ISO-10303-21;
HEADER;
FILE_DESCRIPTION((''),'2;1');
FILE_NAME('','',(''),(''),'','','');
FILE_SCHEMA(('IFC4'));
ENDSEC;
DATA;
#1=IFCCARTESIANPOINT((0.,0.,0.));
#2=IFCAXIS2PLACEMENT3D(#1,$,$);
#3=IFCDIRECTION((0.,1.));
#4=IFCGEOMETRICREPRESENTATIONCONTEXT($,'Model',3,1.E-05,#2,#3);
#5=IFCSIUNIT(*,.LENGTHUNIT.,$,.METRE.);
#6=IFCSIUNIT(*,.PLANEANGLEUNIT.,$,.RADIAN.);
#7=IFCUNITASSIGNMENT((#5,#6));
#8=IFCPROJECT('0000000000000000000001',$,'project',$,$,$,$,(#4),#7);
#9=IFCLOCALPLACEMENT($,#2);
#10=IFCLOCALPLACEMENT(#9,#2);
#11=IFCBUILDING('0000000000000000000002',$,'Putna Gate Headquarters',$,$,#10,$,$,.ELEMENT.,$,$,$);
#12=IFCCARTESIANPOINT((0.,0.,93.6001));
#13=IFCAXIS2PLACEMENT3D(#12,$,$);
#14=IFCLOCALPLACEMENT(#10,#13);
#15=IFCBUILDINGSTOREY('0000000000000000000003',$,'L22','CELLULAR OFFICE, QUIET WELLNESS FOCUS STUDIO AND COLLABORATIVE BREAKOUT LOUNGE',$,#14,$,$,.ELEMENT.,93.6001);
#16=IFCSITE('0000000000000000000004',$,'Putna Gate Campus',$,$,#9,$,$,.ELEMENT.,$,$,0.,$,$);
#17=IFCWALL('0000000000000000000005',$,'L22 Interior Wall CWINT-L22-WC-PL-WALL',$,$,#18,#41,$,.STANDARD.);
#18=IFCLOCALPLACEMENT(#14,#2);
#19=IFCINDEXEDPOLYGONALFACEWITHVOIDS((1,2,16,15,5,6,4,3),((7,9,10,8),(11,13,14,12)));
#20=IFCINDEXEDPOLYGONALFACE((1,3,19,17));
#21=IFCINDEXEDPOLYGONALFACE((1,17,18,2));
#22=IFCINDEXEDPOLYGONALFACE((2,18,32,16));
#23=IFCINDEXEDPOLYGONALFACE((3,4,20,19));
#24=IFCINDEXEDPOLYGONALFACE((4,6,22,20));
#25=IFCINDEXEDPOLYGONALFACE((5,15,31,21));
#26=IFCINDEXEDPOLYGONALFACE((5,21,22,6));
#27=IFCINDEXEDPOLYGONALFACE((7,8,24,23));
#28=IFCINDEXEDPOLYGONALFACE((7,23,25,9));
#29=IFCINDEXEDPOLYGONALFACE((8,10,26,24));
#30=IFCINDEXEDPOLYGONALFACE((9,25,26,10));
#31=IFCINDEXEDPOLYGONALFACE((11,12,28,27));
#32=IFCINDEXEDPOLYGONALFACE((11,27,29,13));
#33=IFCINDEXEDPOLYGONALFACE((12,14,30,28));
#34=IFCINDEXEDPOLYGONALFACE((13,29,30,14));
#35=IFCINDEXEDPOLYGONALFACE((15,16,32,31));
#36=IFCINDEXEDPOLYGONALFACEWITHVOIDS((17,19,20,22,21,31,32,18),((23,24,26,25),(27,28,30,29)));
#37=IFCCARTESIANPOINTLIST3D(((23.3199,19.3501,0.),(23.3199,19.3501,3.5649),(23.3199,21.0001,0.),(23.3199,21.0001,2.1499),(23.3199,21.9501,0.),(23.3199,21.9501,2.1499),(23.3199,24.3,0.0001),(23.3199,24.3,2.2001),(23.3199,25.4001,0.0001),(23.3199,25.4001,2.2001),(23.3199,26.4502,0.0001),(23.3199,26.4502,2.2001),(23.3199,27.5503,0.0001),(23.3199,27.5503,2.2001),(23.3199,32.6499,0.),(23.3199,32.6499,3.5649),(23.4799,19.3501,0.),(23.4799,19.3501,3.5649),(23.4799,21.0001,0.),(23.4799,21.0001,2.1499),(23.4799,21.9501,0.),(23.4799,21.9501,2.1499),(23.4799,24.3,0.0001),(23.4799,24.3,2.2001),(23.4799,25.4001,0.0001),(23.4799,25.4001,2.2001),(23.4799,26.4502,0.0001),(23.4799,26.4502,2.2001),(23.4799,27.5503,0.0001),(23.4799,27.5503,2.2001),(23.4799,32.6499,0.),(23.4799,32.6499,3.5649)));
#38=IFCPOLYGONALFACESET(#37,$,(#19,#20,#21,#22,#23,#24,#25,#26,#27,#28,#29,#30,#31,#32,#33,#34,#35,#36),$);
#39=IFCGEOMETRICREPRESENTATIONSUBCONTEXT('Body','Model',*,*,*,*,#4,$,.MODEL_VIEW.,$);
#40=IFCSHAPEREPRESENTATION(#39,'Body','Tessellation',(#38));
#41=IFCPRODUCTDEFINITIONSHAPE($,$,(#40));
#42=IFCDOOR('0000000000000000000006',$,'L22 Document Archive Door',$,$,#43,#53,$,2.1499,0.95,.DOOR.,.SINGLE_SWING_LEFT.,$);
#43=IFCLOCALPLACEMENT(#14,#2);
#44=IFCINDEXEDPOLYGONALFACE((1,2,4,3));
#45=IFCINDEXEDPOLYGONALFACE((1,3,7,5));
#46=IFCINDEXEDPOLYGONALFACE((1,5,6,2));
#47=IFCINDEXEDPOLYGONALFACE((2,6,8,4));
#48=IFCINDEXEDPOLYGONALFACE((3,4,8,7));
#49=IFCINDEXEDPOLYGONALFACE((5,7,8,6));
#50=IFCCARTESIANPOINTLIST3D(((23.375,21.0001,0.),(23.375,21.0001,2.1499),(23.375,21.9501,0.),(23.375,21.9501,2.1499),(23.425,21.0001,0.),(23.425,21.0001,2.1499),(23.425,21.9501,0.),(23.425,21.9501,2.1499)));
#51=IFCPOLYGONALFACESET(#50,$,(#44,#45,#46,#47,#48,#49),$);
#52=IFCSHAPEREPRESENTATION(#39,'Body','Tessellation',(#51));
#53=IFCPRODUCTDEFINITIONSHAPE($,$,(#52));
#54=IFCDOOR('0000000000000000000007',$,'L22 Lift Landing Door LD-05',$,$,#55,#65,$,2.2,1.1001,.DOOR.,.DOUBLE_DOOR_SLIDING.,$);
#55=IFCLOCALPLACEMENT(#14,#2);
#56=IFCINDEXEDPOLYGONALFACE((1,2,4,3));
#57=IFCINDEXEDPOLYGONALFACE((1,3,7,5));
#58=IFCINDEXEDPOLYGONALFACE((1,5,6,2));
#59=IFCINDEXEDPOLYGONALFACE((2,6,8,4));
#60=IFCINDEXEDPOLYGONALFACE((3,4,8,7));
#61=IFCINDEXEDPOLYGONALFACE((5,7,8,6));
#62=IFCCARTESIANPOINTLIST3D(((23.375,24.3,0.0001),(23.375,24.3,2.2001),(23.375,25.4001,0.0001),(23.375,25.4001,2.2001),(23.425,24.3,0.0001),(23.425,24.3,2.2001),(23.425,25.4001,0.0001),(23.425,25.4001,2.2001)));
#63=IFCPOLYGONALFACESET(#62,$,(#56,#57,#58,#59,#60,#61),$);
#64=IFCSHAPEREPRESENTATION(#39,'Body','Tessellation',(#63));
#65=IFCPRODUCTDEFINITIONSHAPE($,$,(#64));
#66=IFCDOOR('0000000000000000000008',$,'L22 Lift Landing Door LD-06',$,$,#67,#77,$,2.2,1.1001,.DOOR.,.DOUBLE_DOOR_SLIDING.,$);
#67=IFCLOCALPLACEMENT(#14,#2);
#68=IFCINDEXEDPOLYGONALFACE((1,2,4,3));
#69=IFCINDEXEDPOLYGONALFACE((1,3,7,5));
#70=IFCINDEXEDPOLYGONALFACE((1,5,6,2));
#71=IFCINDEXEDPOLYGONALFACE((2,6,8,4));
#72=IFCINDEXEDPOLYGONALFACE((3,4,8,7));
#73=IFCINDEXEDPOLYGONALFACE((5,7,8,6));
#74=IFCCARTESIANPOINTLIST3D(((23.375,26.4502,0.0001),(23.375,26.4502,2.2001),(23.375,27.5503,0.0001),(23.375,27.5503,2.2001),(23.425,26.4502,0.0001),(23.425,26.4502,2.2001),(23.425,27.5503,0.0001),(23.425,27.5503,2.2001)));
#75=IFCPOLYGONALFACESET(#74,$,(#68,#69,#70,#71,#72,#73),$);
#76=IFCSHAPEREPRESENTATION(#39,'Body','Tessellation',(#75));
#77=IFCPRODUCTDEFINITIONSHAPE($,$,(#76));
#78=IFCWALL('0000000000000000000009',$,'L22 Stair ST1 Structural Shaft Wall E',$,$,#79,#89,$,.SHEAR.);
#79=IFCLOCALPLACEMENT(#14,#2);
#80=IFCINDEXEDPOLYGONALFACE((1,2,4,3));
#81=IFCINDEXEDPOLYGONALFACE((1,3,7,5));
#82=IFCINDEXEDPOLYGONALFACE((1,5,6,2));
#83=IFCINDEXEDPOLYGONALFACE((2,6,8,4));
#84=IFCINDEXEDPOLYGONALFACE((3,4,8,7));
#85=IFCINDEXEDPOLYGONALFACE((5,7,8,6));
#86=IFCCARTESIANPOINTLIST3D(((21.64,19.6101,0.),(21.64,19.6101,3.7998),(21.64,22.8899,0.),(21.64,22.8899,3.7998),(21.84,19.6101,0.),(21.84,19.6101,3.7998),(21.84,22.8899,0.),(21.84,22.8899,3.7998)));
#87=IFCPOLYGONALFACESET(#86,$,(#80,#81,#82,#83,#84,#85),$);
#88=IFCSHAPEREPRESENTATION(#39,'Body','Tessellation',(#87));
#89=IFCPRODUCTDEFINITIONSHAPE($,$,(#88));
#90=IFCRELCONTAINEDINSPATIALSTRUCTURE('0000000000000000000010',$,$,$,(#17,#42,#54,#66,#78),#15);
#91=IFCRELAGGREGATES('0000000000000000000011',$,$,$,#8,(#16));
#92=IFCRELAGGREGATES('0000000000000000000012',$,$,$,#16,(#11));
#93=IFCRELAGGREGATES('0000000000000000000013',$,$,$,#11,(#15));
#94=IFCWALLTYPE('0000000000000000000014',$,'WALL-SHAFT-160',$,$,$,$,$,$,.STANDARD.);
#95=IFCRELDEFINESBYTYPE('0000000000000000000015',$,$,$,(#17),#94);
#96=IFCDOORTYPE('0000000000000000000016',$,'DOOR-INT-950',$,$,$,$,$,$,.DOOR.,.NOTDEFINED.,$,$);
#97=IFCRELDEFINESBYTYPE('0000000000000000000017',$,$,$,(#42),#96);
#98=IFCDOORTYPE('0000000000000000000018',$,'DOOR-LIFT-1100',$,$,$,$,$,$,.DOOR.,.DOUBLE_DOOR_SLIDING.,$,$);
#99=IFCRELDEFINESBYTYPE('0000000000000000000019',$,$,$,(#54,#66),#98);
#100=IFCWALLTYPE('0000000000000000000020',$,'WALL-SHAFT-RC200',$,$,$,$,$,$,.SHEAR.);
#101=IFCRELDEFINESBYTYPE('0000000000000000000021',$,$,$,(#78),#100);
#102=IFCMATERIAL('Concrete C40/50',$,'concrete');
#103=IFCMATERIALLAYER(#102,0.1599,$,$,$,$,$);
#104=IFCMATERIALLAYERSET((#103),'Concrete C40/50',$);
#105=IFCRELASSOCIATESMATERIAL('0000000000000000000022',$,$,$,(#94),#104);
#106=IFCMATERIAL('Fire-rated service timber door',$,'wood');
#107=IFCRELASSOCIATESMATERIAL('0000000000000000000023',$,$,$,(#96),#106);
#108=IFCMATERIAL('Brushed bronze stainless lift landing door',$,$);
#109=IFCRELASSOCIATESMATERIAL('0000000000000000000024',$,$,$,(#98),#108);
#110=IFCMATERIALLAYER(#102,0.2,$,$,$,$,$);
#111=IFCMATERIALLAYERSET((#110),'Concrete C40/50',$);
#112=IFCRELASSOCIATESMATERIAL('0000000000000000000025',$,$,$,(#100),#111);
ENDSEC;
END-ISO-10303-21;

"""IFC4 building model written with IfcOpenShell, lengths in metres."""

from ifc_helpers import new_model, si_unit, direction, frame, frame_2d, origin, place, context, subcontext, project, spatial, rectangle, extrude, material, layer, layer_set, type_object, element, fill, save


model = new_model("IFC4")

# Units and contexts
model_context = context("Model", 3, precision=1e-05, world=origin(), true_north=direction((0.0, 1.0)))
body_context = subcontext(model_context, "Body", "Model", "MODEL_VIEW")
ifc_project = project(units=[si_unit("LENGTHUNIT", "METRE"), si_unit("PLANEANGLEUNIT", "RADIAN")], contexts=[model_context])

# Site, building, storey
site_placement = place(None, origin())
site = spatial("IfcSite", under=ifc_project, at=site_placement, Name="Putna Gate Campus", CompositionType="ELEMENT", RefElevation=0.0)
building_placement = place(site_placement, origin())
building = spatial("IfcBuilding", under=site, at=building_placement, Name="Putna Gate Headquarters", CompositionType="ELEMENT")
storey_placement = place(building_placement, frame((0.0, 0.0, 93.6001)))
storey = spatial("IfcBuildingStorey", under=building, at=storey_placement, Name="L22", Description="CELLULAR OFFICE, QUIET WELLNESS FOCUS STUDIO AND COLLABORATIVE BREAKOUT LOUNGE", CompositionType="ELEMENT", Elevation=93.6001)

# Wall, openings, doors
ifc_material_1 = material(Name="Concrete C40/50", Category="concrete")
ifc_layer_1 = layer(ifc_material_1, 0.1599)
ifc_layer_set_1 = layer_set([ifc_layer_1], Name="Concrete C40/50")
wall_type_1 = type_object("IfcWallType", Name="WALL-SHAFT-160", PredefinedType="STANDARD", material=ifc_layer_set_1)
wall_1_placement = place(storey_placement, frame((23.3999, 19.3501, 0.0), z_axis=(0.0, 0.0, 1.0), x_axis=(0.0, 1.0, 0.0)))
wall_1 = element("IfcWall", 1, at=wall_1_placement, inside=storey, type_object=wall_type_1, Name="L22 Interior Wall CWINT-L22-WC-PL-WALL", PredefinedType="STANDARD", context=body_context, shape_type="SweptSolid", body=[
    extrude(rectangle(XDim=13.2998, YDim=0.1599, at=frame_2d((6.6499, 0.0))), origin(), (0.0, 0.0, 1.0), 3.5649),
])
opening_1_placement = place(wall_1_placement, frame((1.6499, 0.0, 0.0)))
opening_1 = element("IfcOpeningElement", 2, at=opening_1_placement, cuts=wall_1, PredefinedType="OPENING", context=body_context, shape_type="SweptSolid", body=[
    extrude(rectangle(XDim=0.95, YDim=2.1499, at=frame_2d((0.4751, 1.075))), frame((0.0, 0.0898, 0.0), z_axis=(0.0, -1.0, 0.0), x_axis=(1.0, 0.0, 0.0)), (0.0, 0.0, 1.0), 0.1799),
])
opening_2_placement = place(wall_1_placement, frame((4.95, 0.0, 0.0)))
opening_2 = element("IfcOpeningElement", 3, at=opening_2_placement, cuts=wall_1, PredefinedType="OPENING", context=body_context, shape_type="SweptSolid", body=[
    extrude(rectangle(XDim=1.1001, YDim=2.2, at=frame_2d((0.55, 1.1001))), frame((0.0, 0.0898, 0.0), z_axis=(0.0, -1.0, 0.0), x_axis=(1.0, 0.0, 0.0)), (0.0, 0.0, 1.0), 0.1799),
])
opening_3_placement = place(wall_1_placement, frame((7.1001, 0.0, 0.0)))
opening_3 = element("IfcOpeningElement", 4, at=opening_3_placement, cuts=wall_1, PredefinedType="OPENING", context=body_context, shape_type="SweptSolid", body=[
    extrude(rectangle(XDim=1.1001, YDim=2.2, at=frame_2d((0.55, 1.1001))), frame((0.0, 0.0898, 0.0), z_axis=(0.0, -1.0, 0.0), x_axis=(1.0, 0.0, 0.0)), (0.0, 0.0, 1.0), 0.1799),
])
ifc_material_2 = material(Name="Fire-rated service timber door", Category="wood")
door_type_1 = type_object("IfcDoorType", Name="DOOR-INT-950", OperationType="NOTDEFINED", PredefinedType="DOOR", material=ifc_material_2)
door_1_placement = place(opening_1_placement, origin())
door_1 = element("IfcDoor", 5, at=door_1_placement, inside=storey, type_object=door_type_1, Name="L22 Document Archive Door", OperationType="SINGLE_SWING_LEFT", OverallHeight=2.1499, OverallWidth=0.95, PredefinedType="DOOR", context=body_context, shape_type="SweptSolid", body=[
    extrude(rectangle(XDim=0.95, YDim=2.1499, at=frame_2d((0.4751, 1.075))), frame((0.0, 0.0249, 0.0), z_axis=(0.0, -1.0, 0.0), x_axis=(1.0, 0.0, 0.0)), (0.0, 0.0, 1.0), 0.05),
])
fill(opening_1, door_1)
ifc_material_3 = material(Name="Brushed bronze stainless lift landing door")
door_type_2 = type_object("IfcDoorType", Name="DOOR-LIFT-1100", OperationType="DOUBLE_DOOR_SLIDING", PredefinedType="DOOR", material=ifc_material_3)
door_2_placement = place(opening_2_placement, origin())
door_2 = element("IfcDoor", 6, at=door_2_placement, inside=storey, type_object=door_type_2, Name="L22 Lift Landing Door LD-05", OperationType="DOUBLE_DOOR_SLIDING", OverallHeight=2.2, OverallWidth=1.1001, PredefinedType="DOOR", context=body_context, shape_type="SweptSolid", body=[
    extrude(rectangle(XDim=1.1001, YDim=2.2, at=frame_2d((0.55, 1.1001))), frame((0.0, 0.0249, 0.0), z_axis=(0.0, -1.0, 0.0), x_axis=(1.0, 0.0, 0.0)), (0.0, 0.0, 1.0), 0.05),
])
fill(opening_2, door_2)
door_3_placement = place(opening_3_placement, origin())
door_3 = element("IfcDoor", 7, at=door_3_placement, inside=storey, type_object=door_type_2, Name="L22 Lift Landing Door LD-06", OperationType="DOUBLE_DOOR_SLIDING", OverallHeight=2.2, OverallWidth=1.1001, PredefinedType="DOOR", context=body_context, shape_type="SweptSolid", body=[
    extrude(rectangle(XDim=1.1001, YDim=2.2, at=frame_2d((0.55, 1.1001))), frame((0.0, 0.0249, 0.0), z_axis=(0.0, -1.0, 0.0), x_axis=(1.0, 0.0, 0.0)), (0.0, 0.0, 1.0), 0.05),
])
fill(opening_3, door_3)

# Wall
ifc_layer_2 = layer(ifc_material_1, 0.2)
ifc_layer_set_2 = layer_set([ifc_layer_2], Name="Concrete C40/50")
wall_type_2 = type_object("IfcWallType", Name="WALL-SHAFT-RC200", PredefinedType="SHEAR", material=ifc_layer_set_2)
wall_2_placement = place(storey_placement, frame((21.74, 19.6101, 0.0), z_axis=(0.0, 0.0, 1.0), x_axis=(0.0, 1.0, 0.0)))
element("IfcWall", 8, at=wall_2_placement, inside=storey, type_object=wall_type_2, Name="L22 Stair ST1 Structural Shaft Wall E", PredefinedType="SHEAR", context=body_context, shape_type="SweptSolid", body=[
    extrude(rectangle(XDim=3.2798, YDim=0.2, at=frame_2d((1.6399, 0.0))), origin(), (0.0, 0.0, 1.0), 3.7998),
])

save(model, "model.ifc")
